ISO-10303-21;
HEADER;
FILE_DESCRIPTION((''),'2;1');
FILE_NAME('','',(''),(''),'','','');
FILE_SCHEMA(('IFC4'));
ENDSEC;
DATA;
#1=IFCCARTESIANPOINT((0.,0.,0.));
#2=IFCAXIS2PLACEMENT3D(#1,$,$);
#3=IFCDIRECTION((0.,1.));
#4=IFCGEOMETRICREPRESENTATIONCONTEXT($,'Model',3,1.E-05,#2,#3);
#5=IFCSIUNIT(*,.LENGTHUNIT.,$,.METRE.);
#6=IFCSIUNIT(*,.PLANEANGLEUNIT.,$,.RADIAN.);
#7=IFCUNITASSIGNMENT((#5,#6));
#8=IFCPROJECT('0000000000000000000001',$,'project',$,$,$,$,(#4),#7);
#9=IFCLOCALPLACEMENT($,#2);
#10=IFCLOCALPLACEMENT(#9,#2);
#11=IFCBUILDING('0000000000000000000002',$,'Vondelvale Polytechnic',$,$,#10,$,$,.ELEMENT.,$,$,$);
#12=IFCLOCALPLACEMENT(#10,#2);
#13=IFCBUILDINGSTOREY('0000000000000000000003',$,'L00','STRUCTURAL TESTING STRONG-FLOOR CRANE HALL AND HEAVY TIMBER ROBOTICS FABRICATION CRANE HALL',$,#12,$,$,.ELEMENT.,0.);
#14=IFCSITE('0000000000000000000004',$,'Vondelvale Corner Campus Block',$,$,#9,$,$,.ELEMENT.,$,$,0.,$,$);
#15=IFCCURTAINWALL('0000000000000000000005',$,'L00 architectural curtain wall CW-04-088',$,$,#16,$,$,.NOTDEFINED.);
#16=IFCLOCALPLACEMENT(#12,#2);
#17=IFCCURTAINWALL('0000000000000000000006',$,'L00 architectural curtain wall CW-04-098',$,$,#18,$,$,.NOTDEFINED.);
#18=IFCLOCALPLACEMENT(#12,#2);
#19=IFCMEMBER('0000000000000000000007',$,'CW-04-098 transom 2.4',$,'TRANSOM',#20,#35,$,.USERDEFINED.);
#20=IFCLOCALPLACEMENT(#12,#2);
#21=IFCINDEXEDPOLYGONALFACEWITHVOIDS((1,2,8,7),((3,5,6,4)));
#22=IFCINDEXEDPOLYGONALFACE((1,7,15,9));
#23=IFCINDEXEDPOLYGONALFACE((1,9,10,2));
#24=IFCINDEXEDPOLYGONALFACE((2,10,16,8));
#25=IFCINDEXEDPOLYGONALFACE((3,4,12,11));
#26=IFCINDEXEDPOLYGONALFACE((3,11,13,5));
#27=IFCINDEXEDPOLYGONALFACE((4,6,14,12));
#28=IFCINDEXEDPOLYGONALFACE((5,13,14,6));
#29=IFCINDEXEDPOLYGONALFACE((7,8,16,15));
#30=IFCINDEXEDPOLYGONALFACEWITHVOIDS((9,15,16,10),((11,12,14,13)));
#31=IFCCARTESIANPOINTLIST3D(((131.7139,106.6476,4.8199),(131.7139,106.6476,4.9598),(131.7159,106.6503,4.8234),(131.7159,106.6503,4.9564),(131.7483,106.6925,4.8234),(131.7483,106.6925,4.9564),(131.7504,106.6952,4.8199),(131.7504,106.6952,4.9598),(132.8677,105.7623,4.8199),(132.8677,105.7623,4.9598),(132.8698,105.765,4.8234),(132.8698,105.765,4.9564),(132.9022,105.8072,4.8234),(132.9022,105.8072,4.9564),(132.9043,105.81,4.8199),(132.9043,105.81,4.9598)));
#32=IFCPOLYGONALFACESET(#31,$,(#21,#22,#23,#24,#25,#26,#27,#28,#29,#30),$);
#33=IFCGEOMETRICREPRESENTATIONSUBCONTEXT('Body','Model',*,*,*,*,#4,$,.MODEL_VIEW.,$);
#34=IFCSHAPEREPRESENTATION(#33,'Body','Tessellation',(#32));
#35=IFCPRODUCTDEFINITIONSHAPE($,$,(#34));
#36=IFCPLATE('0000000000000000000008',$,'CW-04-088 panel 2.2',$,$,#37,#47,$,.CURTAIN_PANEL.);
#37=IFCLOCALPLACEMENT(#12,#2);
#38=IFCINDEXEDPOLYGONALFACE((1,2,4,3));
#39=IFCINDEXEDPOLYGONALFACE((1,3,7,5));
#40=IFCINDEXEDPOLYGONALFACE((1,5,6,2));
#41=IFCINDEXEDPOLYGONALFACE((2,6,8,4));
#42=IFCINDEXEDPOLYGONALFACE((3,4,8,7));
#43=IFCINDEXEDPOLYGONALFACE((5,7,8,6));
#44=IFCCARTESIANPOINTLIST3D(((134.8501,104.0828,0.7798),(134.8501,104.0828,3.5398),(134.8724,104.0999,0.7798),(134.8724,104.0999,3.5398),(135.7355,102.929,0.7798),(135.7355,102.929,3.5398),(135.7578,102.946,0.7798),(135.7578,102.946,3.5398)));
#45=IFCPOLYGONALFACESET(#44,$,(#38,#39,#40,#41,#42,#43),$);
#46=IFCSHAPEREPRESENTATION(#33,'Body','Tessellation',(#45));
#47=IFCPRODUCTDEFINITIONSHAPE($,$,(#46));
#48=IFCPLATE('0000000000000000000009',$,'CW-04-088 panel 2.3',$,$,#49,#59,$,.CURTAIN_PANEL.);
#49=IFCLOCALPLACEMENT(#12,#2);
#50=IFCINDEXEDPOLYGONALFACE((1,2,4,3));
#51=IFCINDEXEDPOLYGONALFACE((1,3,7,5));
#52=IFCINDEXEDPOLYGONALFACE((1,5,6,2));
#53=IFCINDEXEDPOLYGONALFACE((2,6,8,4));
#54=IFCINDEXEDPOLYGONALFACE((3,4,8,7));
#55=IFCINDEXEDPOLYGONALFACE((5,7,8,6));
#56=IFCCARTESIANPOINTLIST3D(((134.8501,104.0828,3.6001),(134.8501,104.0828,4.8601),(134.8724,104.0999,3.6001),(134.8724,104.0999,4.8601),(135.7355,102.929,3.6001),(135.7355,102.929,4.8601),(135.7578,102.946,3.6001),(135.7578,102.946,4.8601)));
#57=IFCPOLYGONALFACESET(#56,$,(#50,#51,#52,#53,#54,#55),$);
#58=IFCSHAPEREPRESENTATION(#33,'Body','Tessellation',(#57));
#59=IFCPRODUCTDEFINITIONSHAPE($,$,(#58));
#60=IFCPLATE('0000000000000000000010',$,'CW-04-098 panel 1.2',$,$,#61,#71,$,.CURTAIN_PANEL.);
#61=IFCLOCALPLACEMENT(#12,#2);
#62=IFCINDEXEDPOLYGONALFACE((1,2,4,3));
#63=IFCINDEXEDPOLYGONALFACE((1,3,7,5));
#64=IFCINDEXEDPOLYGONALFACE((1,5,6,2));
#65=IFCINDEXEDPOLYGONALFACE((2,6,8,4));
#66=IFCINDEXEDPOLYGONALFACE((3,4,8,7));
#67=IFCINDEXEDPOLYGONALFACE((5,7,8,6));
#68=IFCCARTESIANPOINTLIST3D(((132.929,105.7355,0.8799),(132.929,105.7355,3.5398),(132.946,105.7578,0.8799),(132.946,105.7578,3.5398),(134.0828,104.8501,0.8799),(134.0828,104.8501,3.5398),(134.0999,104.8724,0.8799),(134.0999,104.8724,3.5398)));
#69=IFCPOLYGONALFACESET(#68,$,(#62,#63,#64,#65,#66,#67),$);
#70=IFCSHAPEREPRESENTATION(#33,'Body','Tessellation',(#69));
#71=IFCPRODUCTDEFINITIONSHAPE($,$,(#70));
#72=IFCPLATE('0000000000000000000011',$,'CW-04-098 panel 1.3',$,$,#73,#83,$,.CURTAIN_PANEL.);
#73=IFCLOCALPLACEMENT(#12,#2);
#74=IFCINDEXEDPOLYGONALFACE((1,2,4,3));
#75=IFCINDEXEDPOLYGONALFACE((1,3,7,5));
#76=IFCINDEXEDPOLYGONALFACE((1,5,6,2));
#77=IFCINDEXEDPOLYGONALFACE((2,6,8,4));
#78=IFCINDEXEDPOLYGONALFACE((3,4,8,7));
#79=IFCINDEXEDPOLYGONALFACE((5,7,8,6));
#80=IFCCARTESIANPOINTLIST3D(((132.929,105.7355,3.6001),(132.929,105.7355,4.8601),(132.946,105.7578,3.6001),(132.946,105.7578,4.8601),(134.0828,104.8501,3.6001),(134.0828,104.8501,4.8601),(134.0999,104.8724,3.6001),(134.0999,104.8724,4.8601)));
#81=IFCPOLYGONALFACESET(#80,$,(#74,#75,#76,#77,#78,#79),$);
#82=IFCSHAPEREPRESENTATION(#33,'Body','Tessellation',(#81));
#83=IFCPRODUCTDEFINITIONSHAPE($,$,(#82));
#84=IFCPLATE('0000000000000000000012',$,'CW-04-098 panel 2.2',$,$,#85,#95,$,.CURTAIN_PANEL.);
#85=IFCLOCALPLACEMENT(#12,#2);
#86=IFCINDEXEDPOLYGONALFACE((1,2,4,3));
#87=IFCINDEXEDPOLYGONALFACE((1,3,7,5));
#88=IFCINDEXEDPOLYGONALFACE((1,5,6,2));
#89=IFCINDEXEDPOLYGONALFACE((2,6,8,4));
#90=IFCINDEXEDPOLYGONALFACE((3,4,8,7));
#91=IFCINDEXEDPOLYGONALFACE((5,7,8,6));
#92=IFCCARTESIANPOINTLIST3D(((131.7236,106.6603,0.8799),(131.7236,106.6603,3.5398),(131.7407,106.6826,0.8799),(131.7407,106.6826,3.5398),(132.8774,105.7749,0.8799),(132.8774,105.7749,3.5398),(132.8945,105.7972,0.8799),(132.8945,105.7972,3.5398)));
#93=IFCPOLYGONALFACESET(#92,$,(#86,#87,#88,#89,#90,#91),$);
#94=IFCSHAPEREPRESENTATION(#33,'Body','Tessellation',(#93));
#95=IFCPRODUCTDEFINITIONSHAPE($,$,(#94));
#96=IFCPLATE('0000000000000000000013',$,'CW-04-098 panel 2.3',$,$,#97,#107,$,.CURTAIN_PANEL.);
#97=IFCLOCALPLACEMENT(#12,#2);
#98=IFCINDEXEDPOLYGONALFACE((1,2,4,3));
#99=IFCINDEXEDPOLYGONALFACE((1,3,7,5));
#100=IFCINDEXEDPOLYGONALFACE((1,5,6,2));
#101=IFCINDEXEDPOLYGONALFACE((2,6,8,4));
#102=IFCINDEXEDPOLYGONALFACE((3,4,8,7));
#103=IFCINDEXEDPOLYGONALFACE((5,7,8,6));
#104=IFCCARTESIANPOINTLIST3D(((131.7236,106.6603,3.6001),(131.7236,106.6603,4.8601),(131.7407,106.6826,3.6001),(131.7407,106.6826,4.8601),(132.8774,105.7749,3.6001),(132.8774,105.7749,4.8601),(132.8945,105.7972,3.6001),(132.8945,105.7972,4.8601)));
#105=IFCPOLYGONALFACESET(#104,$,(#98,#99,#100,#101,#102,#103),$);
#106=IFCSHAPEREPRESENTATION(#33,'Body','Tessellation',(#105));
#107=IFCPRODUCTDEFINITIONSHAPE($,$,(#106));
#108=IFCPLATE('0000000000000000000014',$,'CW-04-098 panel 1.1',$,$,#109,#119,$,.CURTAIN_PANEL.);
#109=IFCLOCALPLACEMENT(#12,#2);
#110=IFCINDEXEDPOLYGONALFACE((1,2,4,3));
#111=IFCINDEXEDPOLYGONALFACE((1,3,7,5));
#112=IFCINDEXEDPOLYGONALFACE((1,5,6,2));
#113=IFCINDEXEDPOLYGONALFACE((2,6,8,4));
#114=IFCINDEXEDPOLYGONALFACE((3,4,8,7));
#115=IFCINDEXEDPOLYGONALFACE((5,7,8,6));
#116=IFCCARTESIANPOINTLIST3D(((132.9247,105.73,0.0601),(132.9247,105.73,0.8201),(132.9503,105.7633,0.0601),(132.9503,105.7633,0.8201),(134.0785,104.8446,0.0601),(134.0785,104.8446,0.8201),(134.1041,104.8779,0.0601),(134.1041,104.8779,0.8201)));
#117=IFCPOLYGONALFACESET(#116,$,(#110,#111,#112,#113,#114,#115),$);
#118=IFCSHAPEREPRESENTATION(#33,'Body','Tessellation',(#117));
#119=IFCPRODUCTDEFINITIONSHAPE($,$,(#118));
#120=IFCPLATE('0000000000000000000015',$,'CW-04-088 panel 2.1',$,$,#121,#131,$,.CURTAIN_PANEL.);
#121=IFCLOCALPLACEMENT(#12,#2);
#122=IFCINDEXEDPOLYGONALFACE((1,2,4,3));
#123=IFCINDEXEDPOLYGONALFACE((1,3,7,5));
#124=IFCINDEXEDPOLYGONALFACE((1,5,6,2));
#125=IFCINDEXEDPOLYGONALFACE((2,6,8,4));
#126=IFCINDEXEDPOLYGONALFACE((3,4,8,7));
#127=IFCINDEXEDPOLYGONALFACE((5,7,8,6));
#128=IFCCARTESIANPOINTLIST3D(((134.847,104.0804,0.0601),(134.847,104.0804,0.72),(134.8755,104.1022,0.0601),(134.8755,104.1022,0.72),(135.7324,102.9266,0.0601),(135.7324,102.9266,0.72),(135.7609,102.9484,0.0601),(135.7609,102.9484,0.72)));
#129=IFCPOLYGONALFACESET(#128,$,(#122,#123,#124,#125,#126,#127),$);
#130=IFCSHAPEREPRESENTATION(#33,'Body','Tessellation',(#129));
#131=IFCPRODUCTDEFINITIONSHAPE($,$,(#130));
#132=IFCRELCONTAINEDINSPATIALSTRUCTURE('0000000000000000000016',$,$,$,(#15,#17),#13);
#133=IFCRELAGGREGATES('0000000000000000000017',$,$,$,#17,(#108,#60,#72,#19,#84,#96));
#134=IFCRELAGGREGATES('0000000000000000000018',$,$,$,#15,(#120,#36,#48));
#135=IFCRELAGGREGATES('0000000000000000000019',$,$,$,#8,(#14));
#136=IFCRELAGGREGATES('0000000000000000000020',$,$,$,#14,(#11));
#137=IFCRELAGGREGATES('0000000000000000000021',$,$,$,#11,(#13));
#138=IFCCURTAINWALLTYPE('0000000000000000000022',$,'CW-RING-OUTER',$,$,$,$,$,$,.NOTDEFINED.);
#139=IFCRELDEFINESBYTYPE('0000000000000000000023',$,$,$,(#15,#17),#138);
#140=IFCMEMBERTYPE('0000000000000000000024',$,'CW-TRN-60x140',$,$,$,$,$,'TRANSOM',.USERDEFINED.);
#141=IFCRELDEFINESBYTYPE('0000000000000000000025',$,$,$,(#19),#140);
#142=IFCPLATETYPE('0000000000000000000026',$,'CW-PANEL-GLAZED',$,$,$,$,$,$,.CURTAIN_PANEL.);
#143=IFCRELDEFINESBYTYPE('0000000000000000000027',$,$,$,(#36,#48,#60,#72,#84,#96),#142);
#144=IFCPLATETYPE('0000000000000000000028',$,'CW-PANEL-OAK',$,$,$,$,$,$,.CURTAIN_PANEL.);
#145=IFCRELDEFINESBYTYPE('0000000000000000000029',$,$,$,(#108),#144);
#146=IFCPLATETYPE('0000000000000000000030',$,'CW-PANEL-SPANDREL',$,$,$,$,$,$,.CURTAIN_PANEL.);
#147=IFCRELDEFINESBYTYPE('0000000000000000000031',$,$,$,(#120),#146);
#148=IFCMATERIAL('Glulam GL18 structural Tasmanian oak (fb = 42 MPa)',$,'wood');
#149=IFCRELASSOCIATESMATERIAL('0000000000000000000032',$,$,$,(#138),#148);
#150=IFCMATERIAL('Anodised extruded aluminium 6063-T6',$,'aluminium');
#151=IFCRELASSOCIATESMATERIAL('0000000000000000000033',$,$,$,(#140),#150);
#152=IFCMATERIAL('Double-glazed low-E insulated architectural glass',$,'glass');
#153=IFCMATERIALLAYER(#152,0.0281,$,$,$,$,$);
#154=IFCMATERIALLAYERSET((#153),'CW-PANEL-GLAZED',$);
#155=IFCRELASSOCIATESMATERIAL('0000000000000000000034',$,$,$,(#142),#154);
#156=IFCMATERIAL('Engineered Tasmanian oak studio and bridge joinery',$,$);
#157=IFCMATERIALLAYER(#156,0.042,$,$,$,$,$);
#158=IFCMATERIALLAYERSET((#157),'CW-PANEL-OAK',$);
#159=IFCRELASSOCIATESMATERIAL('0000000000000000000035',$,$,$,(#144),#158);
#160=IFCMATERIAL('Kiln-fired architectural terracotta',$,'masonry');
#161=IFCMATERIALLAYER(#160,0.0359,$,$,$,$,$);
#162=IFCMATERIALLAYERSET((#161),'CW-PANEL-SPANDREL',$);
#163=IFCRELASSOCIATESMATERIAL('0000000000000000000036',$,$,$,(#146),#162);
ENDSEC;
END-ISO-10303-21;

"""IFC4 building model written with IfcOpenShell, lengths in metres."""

from ifc_helpers import new_model, si_unit, direction, frame, origin, origin_2d, place, context, subcontext, project, spatial, rectangle, hollow_rectangle, extrude, material, layer, layer_set, material_profile, profile_set, type_object, element, aggregate, save


model = new_model("IFC4")

# Units and contexts
model_context = context("Model", 3, precision=1e-05, world=origin(), true_north=direction((0.0, 1.0)))
body_context = subcontext(model_context, "Body", "Model", "MODEL_VIEW")
ifc_project = project(units=[si_unit("LENGTHUNIT", "METRE"), si_unit("PLANEANGLEUNIT", "RADIAN")], contexts=[model_context])

# Site, building, storey
site_placement = place(None, origin())
site = spatial("IfcSite", under=ifc_project, at=site_placement, Name="Vondelvale Corner Campus Block", CompositionType="ELEMENT", RefElevation=0.0)
building_placement = place(site_placement, origin())
building = spatial("IfcBuilding", under=site, at=building_placement, Name="Vondelvale Polytechnic", CompositionType="ELEMENT")
storey_placement = place(building_placement, origin())
storey = spatial("IfcBuildingStorey", under=building, at=storey_placement, Name="L00", Description="STRUCTURAL TESTING STRONG-FLOOR CRANE HALL AND HEAVY TIMBER ROBOTICS FABRICATION CRANE HALL", CompositionType="ELEMENT", Elevation=0.0)

# Curtain walls
ifc_material_1 = material(Name="Glulam GL18 structural Tasmanian oak (fb = 42 MPa)", Category="wood")
curtain_wall_type = type_object("IfcCurtainWallType", Name="CW-RING-OUTER", PredefinedType="NOTDEFINED", material=ifc_material_1)
curtain_wall_1_placement = place(storey_placement, origin())
curtain_wall_1 = element("IfcCurtainWall", 1, at=curtain_wall_1_placement, inside=storey, type_object=curtain_wall_type, Name="L00 architectural curtain wall CW-04-088", PredefinedType="NOTDEFINED")
ifc_material_2 = material(Name="Anodised extruded aluminium 6063-T6", Category="aluminium")
curtain_wall_2_placement = place(storey_placement, origin())
curtain_wall_2 = element("IfcCurtainWall", 2, at=curtain_wall_2_placement, inside=storey, type_object=curtain_wall_type, Name="L00 architectural curtain wall CW-04-098", PredefinedType="NOTDEFINED")

# Member
ifc_material_profile_1 = material_profile(ifc_material_2, hollow_rectangle(XDim=0.0601, YDim=0.1399, WallThickness=0.0034, at=origin_2d()), Name="CW-TRN-140x60")
ifc_profile_set_1 = profile_set([ifc_material_profile_1], Name="Anodised extruded aluminium 6063-T6")
member_type_1 = type_object("IfcMemberType", Name="CW-TRN-60x140", ElementType="TRANSOM", PredefinedType="USERDEFINED", material=ifc_profile_set_1)
member_1_placement = place(storey_placement, frame((132.886, 105.7861, 4.8899), z_axis=(-0.793385, 0.608721, 0.0), x_axis=(-0.608721, -0.793385, 0.0)))
member_1 = element("IfcMember", 3, at=member_1_placement, type_object=member_type_1, Name="CW-04-098 transom 2.4", ObjectType="TRANSOM", PredefinedType="USERDEFINED", context=body_context, shape_type="SweptSolid", body=[
    extrude(hollow_rectangle(XDim=0.0601, YDim=0.1399, WallThickness=0.0034, at=origin_2d()), origin(), (0.0, 0.0, 1.0), 1.4543),
])

# Plates
ifc_material_3 = material(Name="Double-glazed low-E insulated architectural glass", Category="glass")
ifc_layer_1 = layer(ifc_material_3, 0.0281)
ifc_layer_set_1 = layer_set([ifc_layer_1], Name="CW-PANEL-GLAZED")
plate_type_1 = type_object("IfcPlateType", Name="CW-PANEL-GLAZED", PredefinedType="CURTAIN_PANEL", material=ifc_layer_set_1)
plate_1_placement = place(storey_placement, frame((135.304, 103.5144, 0.7798), z_axis=(0.0, 0.0, 1.0), x_axis=(-0.608764, 0.793352, 0.0)))
plate_1 = element("IfcPlate", 4, at=plate_1_placement, type_object=plate_type_1, Name="CW-04-088 panel 2.2", PredefinedType="CURTAIN_PANEL", context=body_context, shape_type="SweptSolid", body=[
    extrude(rectangle(XDim=1.4543, YDim=0.0281, at=origin_2d()), origin(), (0.0, 0.0, 1.0), 2.76),
])
plate_2_placement = place(storey_placement, frame((135.304, 103.5144, 3.6001), z_axis=(0.0, 0.0, 1.0), x_axis=(-0.608764, 0.793352, 0.0)))
plate_2 = element("IfcPlate", 5, at=plate_2_placement, type_object=plate_type_1, Name="CW-04-088 panel 2.3", PredefinedType="CURTAIN_PANEL", context=body_context, shape_type="SweptSolid", body=[
    extrude(rectangle(XDim=1.4543, YDim=0.0281, at=origin_2d()), origin(), (0.0, 0.0, 1.0), 1.26),
])
plate_3_placement = place(storey_placement, frame((133.5144, 105.304, 0.8799), z_axis=(0.0, 0.0, 1.0), x_axis=(-0.793352, 0.608764, 0.0)))
plate_3 = element("IfcPlate", 6, at=plate_3_placement, type_object=plate_type_1, Name="CW-04-098 panel 1.2", PredefinedType="CURTAIN_PANEL", context=body_context, shape_type="SweptSolid", body=[
    extrude(rectangle(XDim=1.4543, YDim=0.0281, at=origin_2d()), origin(), (0.0, 0.0, 1.0), 2.6599),
])
plate_4_placement = place(storey_placement, frame((133.5144, 105.304, 3.6001), z_axis=(0.0, 0.0, 1.0), x_axis=(-0.793352, 0.608764, 0.0)))
plate_4 = element("IfcPlate", 7, at=plate_4_placement, type_object=plate_type_1, Name="CW-04-098 panel 1.3", PredefinedType="CURTAIN_PANEL", context=body_context, shape_type="SweptSolid", body=[
    extrude(rectangle(XDim=1.4543, YDim=0.0281, at=origin_2d()), origin(), (0.0, 0.0, 1.0), 1.26),
])
plate_5_placement = place(storey_placement, frame((132.3091, 106.2288, 0.8799), z_axis=(0.0, 0.0, 1.0), x_axis=(-0.793352, 0.608764, 0.0)))
plate_5 = element("IfcPlate", 8, at=plate_5_placement, type_object=plate_type_1, Name="CW-04-098 panel 2.2", PredefinedType="CURTAIN_PANEL", context=body_context, shape_type="SweptSolid", body=[
    extrude(rectangle(XDim=1.4543, YDim=0.0281, at=origin_2d()), origin(), (0.0, 0.0, 1.0), 2.6599),
])
plate_6_placement = place(storey_placement, frame((132.3091, 106.2288, 3.6001), z_axis=(0.0, 0.0, 1.0), x_axis=(-0.793352, 0.608764, 0.0)))
plate_6 = element("IfcPlate", 9, at=plate_6_placement, type_object=plate_type_1, Name="CW-04-098 panel 2.3", PredefinedType="CURTAIN_PANEL", context=body_context, shape_type="SweptSolid", body=[
    extrude(rectangle(XDim=1.4543, YDim=0.0281, at=origin_2d()), origin(), (0.0, 0.0, 1.0), 1.26),
])
ifc_material_4 = material(Name="Engineered Tasmanian oak studio and bridge joinery")
ifc_layer_2 = layer(ifc_material_4, 0.042)
ifc_layer_set_2 = layer_set([ifc_layer_2], Name="CW-PANEL-OAK")
plate_type_2 = type_object("IfcPlateType", Name="CW-PANEL-OAK", PredefinedType="CURTAIN_PANEL", material=ifc_layer_set_2)
plate_7_placement = place(storey_placement, frame((133.5144, 105.304, 0.0601), z_axis=(0.0, 0.0, 1.0), x_axis=(-0.793352, 0.608764, 0.0)))
plate_7 = element("IfcPlate", 10, at=plate_7_placement, type_object=plate_type_2, Name="CW-04-098 panel 1.1", PredefinedType="CURTAIN_PANEL", context=body_context, shape_type="SweptSolid", body=[
    extrude(rectangle(XDim=1.4543, YDim=0.042, at=origin_2d()), origin(), (0.0, 0.0, 1.0), 0.76),
])
aggregate(curtain_wall_2, [plate_7, plate_3, plate_4, member_1, plate_5, plate_6])
ifc_material_5 = material(Name="Kiln-fired architectural terracotta", Category="masonry")
ifc_layer_3 = layer(ifc_material_5, 0.0359)
ifc_layer_set_3 = layer_set([ifc_layer_3], Name="CW-PANEL-SPANDREL")
plate_type_3 = type_object("IfcPlateType", Name="CW-PANEL-SPANDREL", PredefinedType="CURTAIN_PANEL", material=ifc_layer_set_3)
plate_8_placement = place(storey_placement, frame((135.304, 103.5144, 0.0601), z_axis=(0.0, 0.0, 1.0), x_axis=(-0.608764, 0.793352, 0.0)))
plate_8 = element("IfcPlate", 11, at=plate_8_placement, type_object=plate_type_3, Name="CW-04-088 panel 2.1", PredefinedType="CURTAIN_PANEL", context=body_context, shape_type="SweptSolid", body=[
    extrude(rectangle(XDim=1.4543, YDim=0.0359, at=origin_2d()), origin(), (0.0, 0.0, 1.0), 0.6599),
])
aggregate(curtain_wall_1, [plate_8, plate_1, plate_2])

save(model, "model.ifc")
